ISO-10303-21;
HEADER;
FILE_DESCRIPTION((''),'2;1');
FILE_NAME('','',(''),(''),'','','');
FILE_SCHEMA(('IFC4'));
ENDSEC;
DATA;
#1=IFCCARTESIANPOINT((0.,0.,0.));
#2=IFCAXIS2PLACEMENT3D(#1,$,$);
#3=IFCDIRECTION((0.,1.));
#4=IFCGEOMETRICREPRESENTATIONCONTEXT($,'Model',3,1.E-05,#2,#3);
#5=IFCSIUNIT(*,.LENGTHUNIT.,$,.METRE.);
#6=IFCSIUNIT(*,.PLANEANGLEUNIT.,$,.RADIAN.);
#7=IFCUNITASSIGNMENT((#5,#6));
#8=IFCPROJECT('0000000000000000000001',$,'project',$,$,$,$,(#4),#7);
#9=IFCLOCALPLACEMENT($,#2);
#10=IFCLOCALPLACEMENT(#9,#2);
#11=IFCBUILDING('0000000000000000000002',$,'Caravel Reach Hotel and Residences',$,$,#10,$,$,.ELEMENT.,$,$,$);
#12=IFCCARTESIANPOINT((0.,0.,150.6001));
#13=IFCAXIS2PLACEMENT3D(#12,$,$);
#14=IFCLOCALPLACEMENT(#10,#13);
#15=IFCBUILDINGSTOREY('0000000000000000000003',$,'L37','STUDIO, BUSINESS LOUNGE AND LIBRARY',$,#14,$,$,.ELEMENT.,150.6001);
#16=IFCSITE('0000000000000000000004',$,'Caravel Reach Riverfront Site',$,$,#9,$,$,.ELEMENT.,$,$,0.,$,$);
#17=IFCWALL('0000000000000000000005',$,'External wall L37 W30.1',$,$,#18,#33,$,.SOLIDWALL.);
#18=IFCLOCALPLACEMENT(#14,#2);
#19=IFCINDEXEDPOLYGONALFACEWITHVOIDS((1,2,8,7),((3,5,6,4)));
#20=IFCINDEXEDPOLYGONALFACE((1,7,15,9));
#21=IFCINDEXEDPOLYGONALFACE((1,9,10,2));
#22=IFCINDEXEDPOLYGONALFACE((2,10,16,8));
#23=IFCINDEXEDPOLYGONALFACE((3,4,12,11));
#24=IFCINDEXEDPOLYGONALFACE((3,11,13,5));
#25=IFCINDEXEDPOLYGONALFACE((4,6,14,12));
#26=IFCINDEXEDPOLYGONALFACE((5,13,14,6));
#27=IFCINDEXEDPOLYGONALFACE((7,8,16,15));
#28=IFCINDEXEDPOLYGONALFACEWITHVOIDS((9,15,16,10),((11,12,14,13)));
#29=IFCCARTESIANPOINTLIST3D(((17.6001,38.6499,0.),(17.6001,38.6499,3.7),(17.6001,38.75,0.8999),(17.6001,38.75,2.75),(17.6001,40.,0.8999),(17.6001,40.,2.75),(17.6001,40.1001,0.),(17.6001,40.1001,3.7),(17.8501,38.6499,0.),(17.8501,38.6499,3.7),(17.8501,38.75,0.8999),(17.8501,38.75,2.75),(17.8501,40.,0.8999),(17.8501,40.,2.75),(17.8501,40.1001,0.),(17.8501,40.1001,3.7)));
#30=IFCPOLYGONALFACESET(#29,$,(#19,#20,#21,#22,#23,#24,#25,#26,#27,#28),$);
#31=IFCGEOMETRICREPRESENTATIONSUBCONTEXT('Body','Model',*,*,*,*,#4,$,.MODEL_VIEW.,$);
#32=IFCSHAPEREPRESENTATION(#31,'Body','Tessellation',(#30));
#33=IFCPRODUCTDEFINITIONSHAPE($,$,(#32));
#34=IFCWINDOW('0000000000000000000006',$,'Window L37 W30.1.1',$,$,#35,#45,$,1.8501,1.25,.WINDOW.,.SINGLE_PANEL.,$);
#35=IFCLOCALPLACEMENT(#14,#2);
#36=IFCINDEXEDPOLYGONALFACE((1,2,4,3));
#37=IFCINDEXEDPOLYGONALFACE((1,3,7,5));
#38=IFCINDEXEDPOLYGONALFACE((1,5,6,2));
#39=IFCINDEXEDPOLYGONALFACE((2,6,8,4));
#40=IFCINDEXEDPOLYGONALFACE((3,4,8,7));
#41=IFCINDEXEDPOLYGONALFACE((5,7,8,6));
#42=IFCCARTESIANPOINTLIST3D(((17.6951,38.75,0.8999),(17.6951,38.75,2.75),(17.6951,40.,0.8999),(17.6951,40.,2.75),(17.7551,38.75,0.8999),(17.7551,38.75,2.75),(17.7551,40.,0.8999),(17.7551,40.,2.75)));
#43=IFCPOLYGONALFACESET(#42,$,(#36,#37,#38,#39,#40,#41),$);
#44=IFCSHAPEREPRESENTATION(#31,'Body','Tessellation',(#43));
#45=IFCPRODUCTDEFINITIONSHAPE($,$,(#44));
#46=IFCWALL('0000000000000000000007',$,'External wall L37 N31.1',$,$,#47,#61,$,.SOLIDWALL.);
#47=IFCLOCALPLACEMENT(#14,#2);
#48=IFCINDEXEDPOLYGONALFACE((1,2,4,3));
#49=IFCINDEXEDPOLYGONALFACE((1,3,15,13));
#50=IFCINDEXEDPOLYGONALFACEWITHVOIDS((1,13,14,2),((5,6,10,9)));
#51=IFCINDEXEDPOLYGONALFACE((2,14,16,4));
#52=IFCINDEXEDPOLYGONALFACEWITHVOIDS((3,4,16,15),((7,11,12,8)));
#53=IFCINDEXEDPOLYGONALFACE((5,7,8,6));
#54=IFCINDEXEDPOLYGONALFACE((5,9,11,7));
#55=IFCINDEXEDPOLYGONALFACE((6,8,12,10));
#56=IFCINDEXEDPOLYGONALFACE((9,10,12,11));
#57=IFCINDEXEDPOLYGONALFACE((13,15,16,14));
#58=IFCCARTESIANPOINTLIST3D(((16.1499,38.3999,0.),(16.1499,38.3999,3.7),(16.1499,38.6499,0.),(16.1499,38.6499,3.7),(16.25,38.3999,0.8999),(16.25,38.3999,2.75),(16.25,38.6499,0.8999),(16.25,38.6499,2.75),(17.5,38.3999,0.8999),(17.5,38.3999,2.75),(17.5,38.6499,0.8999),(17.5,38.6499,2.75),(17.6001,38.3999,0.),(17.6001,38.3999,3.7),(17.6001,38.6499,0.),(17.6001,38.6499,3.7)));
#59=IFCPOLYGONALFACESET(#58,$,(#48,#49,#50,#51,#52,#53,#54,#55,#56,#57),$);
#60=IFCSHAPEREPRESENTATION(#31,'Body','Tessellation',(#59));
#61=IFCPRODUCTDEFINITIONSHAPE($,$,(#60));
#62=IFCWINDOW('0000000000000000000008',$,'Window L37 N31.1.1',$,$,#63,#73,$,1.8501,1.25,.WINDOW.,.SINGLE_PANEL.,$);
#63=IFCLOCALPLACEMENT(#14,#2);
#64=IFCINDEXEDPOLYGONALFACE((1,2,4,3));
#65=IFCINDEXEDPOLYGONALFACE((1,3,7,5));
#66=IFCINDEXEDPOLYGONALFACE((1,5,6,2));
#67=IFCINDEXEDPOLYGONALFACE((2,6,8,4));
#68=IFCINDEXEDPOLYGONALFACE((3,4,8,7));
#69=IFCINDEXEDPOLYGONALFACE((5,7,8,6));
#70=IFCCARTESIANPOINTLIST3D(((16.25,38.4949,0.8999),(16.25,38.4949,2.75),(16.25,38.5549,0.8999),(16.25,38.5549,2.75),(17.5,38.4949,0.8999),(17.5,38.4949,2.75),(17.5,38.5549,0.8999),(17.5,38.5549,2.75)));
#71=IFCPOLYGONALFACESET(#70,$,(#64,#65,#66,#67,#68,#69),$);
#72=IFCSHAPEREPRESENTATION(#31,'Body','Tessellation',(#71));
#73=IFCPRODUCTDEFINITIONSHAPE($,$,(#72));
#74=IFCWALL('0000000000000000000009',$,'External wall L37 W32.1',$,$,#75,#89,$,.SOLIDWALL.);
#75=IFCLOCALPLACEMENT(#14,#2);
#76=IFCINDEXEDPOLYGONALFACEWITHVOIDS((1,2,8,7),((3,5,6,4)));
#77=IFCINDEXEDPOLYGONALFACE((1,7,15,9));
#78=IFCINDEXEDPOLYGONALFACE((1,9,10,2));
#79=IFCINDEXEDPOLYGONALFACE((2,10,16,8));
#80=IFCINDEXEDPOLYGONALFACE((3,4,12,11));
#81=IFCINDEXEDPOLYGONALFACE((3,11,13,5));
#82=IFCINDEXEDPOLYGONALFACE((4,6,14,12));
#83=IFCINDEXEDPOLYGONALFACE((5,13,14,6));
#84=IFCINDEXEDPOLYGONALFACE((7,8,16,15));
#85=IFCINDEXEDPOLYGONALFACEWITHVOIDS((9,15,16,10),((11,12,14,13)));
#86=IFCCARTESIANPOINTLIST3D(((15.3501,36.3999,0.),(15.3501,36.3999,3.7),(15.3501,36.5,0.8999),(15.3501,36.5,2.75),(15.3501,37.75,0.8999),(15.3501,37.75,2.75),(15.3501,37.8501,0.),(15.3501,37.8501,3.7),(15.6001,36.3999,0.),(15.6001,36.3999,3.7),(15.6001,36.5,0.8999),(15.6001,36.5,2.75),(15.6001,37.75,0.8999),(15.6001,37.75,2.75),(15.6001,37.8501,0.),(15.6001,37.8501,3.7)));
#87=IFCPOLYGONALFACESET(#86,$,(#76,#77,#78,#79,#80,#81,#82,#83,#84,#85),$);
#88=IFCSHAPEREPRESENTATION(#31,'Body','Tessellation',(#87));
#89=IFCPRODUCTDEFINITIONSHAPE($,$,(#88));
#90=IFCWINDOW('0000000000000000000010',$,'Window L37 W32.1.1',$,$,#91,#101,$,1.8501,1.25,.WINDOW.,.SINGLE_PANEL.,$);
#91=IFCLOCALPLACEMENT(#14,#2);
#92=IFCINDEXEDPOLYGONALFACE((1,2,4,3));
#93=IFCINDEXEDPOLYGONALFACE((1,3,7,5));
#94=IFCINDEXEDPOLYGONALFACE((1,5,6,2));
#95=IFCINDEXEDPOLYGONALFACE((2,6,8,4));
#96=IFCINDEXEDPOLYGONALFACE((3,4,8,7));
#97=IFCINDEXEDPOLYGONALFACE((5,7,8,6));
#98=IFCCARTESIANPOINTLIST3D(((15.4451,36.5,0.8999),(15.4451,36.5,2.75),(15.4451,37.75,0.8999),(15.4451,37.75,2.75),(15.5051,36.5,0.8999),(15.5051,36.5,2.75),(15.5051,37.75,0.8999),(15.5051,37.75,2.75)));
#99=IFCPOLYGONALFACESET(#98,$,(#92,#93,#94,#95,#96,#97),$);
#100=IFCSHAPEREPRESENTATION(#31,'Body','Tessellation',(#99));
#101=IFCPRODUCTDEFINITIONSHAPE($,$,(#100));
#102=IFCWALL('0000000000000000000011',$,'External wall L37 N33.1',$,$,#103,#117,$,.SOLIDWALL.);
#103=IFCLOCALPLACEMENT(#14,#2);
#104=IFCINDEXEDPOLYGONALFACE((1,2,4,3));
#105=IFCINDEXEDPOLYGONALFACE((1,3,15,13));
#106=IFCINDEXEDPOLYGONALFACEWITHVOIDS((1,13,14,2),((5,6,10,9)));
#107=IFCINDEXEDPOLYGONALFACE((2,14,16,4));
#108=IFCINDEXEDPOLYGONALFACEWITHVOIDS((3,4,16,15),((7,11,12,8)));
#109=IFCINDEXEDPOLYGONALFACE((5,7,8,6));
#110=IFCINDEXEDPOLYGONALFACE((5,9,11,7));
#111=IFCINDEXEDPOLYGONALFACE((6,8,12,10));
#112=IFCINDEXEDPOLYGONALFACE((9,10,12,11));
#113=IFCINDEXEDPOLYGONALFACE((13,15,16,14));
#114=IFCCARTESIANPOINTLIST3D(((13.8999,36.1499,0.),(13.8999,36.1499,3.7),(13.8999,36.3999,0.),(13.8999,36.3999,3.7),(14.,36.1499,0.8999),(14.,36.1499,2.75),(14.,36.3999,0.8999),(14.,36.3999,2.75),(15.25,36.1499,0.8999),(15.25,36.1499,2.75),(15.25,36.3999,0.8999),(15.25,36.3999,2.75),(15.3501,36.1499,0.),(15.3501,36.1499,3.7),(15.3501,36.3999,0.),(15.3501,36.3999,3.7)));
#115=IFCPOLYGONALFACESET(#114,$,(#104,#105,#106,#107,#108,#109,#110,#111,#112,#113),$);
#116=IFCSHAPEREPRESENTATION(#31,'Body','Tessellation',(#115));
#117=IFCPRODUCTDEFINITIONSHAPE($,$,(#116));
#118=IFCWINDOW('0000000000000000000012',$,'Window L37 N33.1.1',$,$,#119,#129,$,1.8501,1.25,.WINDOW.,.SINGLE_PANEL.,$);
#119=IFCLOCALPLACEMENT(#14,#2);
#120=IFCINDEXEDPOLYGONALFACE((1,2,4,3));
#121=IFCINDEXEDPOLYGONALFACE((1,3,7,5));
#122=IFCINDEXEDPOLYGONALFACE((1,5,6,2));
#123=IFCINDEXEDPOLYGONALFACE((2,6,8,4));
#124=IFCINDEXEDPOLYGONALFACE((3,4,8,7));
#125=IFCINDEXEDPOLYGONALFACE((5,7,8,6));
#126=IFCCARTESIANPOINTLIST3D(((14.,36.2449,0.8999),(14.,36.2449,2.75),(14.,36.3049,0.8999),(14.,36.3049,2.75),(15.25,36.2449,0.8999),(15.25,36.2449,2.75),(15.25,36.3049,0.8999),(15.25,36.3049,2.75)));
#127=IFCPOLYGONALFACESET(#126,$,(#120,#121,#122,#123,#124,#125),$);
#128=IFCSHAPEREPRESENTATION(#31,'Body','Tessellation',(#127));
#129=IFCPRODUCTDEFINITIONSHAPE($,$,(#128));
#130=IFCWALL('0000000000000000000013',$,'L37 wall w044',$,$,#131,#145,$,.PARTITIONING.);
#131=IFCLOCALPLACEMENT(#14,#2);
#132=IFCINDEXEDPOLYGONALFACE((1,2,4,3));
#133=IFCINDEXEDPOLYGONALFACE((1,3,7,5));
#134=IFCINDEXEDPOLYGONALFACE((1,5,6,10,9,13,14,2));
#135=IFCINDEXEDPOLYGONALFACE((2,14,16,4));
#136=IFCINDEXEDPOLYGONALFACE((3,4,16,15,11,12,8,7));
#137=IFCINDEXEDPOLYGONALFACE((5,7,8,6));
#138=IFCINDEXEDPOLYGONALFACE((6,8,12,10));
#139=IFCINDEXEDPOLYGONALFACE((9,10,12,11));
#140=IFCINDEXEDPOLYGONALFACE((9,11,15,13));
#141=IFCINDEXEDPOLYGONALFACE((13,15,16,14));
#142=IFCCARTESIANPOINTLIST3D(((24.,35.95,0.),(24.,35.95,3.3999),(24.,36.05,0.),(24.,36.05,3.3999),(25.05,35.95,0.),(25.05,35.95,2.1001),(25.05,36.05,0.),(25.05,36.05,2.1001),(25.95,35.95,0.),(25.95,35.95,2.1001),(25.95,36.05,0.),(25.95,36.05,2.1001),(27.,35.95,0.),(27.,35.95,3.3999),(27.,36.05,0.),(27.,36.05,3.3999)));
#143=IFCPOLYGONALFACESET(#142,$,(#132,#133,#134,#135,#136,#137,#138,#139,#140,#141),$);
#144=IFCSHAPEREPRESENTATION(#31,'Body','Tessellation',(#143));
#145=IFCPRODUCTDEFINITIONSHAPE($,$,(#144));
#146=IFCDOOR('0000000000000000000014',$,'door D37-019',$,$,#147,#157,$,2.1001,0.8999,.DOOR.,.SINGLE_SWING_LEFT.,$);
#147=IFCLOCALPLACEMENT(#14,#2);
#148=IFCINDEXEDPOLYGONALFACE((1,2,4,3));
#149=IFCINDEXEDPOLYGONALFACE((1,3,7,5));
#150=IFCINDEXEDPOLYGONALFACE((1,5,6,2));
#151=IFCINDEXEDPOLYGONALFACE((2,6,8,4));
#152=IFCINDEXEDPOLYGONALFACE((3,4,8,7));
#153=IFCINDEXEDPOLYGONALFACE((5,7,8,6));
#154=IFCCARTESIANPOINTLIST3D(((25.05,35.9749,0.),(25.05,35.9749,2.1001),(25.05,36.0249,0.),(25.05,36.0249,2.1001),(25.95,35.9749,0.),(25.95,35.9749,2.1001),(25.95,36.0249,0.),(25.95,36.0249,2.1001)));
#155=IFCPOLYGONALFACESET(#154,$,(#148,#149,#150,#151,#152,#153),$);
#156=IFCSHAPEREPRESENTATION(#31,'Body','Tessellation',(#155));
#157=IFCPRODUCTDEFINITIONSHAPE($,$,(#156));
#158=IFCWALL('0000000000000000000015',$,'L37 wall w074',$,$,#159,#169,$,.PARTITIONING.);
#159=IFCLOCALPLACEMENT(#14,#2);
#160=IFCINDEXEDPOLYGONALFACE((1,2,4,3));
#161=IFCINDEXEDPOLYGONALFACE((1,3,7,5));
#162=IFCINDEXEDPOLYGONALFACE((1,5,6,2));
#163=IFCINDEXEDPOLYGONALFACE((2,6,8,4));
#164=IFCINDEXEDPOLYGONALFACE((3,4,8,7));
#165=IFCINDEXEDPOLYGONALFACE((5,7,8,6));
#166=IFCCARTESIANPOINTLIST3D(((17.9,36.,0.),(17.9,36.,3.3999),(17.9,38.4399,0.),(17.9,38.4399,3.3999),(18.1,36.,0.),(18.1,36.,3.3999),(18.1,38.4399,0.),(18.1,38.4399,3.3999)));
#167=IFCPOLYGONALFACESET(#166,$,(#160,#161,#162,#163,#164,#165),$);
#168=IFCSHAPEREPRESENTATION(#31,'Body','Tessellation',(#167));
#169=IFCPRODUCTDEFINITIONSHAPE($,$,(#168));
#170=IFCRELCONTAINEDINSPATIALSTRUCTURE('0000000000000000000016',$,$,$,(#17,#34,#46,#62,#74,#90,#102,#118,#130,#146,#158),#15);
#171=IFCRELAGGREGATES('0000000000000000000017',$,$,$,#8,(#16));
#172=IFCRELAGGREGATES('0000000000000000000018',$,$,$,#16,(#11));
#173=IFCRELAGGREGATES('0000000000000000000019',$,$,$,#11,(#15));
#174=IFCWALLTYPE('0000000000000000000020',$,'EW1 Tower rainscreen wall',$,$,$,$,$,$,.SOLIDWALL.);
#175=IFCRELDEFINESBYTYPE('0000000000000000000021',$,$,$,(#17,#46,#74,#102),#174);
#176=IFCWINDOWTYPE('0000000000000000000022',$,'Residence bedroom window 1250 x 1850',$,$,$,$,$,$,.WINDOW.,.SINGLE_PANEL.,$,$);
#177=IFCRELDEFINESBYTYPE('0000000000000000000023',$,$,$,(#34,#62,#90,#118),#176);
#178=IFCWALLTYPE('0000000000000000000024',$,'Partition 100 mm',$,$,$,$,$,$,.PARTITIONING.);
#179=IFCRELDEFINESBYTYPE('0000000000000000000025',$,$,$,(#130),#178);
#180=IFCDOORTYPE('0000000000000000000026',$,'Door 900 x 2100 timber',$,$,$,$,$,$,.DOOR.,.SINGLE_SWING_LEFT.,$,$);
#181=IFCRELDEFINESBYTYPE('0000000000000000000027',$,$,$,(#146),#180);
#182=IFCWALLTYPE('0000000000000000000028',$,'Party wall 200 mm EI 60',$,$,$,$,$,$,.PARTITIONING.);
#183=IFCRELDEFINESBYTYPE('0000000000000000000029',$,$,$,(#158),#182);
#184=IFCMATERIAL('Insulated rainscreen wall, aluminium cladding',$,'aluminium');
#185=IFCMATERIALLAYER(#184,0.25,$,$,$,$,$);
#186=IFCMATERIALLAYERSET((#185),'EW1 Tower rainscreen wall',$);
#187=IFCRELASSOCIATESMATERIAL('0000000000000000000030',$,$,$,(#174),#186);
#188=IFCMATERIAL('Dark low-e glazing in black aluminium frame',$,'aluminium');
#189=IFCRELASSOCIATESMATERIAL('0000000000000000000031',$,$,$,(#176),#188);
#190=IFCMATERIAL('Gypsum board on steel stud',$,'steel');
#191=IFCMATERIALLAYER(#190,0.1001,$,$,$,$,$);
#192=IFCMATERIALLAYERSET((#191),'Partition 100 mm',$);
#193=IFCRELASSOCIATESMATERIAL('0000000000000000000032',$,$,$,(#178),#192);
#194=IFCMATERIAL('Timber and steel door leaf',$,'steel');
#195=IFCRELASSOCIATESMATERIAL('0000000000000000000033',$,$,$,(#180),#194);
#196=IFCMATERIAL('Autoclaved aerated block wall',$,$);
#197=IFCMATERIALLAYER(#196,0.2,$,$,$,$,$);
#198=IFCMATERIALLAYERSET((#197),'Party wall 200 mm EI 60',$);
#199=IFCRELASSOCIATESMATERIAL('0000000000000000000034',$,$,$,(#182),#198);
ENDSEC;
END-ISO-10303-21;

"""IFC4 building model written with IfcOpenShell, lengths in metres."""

from ifc_helpers import new_model, si_unit, direction, frame, frame_2d, origin, place, context, subcontext, project, spatial, rectangle, extrude, material, layer, layer_set, type_object, element, fill, save


model = new_model("IFC4")

# Units and contexts
model_context = context("Model", 3, precision=1e-05, world=origin(), true_north=direction((0.0, 1.0)))
body_context = subcontext(model_context, "Body", "Model", "MODEL_VIEW")
ifc_project = project(units=[si_unit("LENGTHUNIT", "METRE"), si_unit("PLANEANGLEUNIT", "RADIAN")], contexts=[model_context])

# Site, building, storey
site_placement = place(None, origin())
site = spatial("IfcSite", under=ifc_project, at=site_placement, Name="Caravel Reach Riverfront Site", CompositionType="ELEMENT", RefElevation=0.0)
building_placement = place(site_placement, origin())
building = spatial("IfcBuilding", under=site, at=building_placement, Name="Caravel Reach Hotel and Residences", CompositionType="ELEMENT")
storey_placement = place(building_placement, frame((0.0, 0.0, 150.6001)))
storey = spatial("IfcBuildingStorey", under=building, at=storey_placement, Name="L37", Description="STUDIO, BUSINESS LOUNGE AND LIBRARY", CompositionType="ELEMENT", Elevation=150.6001)

# Shared definitions
ifc_material_1 = material(Name="Insulated rainscreen wall, aluminium cladding", Category="aluminium")
ifc_layer_1 = layer(ifc_material_1, 0.25)
ifc_layer_set_1 = layer_set([ifc_layer_1], Name="EW1 Tower rainscreen wall")
wall_type_1 = type_object("IfcWallType", Name="EW1 Tower rainscreen wall", PredefinedType="SOLIDWALL", material=ifc_layer_set_1)

# Walls, openings, windows
wall_1_placement = place(storey_placement, frame((17.7251, 40.1001, 0.0), z_axis=(0.0, 0.0, 1.0), x_axis=(0.0, -1.0, 0.0)))
wall_1 = element("IfcWall", 1, at=wall_1_placement, inside=storey, type_object=wall_type_1, Name="External wall L37 W30.1", PredefinedType="SOLIDWALL", context=body_context, shape_type="SweptSolid", body=[
    extrude(rectangle(XDim=1.4502, YDim=0.25, at=frame_2d((0.7251, 0.0))), origin(), (0.0, 0.0, 1.0), 3.7),
])
opening_1_placement = place(wall_1_placement, frame((0.1001, 0.0, 0.8999)))
opening_1 = element("IfcOpeningElement", 2, at=opening_1_placement, cuts=wall_1, PredefinedType="OPENING", context=body_context, shape_type="SweptSolid", body=[
    extrude(rectangle(XDim=1.25, YDim=1.8501, at=frame_2d((0.625, 0.925))), frame((0.0, 0.135, 0.0), z_axis=(0.0, -1.0, 0.0), x_axis=(1.0, 0.0, 0.0)), (0.0, 0.0, 1.0), 0.27),
])
ifc_material_2 = material(Name="Dark low-e glazing in black aluminium frame", Category="aluminium")
window_type_1 = type_object("IfcWindowType", Name="Residence bedroom window 1250 x 1850", PartitioningType="SINGLE_PANEL", PredefinedType="WINDOW", material=ifc_material_2)
window_1_placement = place(opening_1_placement, origin())
window_1 = element("IfcWindow", 3, at=window_1_placement, inside=storey, type_object=window_type_1, Name="Window L37 W30.1.1", OverallHeight=1.8501, OverallWidth=1.25, PartitioningType="SINGLE_PANEL", PredefinedType="WINDOW", context=body_context, shape_type="SweptSolid", body=[
    extrude(rectangle(XDim=1.25, YDim=1.8501, at=frame_2d((0.625, 0.925))), frame((0.0, 0.03, 0.0), z_axis=(0.0, -1.0, 0.0), x_axis=(1.0, 0.0, 0.0)), (0.0, 0.0, 1.0), 0.0601),
])
fill(opening_1, window_1)
wall_2_placement = place(storey_placement, frame((17.6001, 38.5249, 0.0), z_axis=(0.0, 0.0, 1.0), x_axis=(-1.0, 0.0, 0.0)))
wall_2 = element("IfcWall", 4, at=wall_2_placement, inside=storey, type_object=wall_type_1, Name="External wall L37 N31.1", PredefinedType="SOLIDWALL", context=body_context, shape_type="SweptSolid", body=[
    extrude(rectangle(XDim=1.4502, YDim=0.25, at=frame_2d((0.7251, 0.0))), origin(), (0.0, 0.0, 1.0), 3.7),
])
opening_2_placement = place(wall_2_placement, frame((0.1001, 0.0, 0.8999)))
opening_2 = element("IfcOpeningElement", 5, at=opening_2_placement, cuts=wall_2, PredefinedType="OPENING", context=body_context, shape_type="SweptSolid", body=[
    extrude(rectangle(XDim=1.25, YDim=1.8501, at=frame_2d((0.625, 0.925))), frame((0.0, 0.135, 0.0), z_axis=(0.0, -1.0, 0.0), x_axis=(1.0, 0.0, 0.0)), (0.0, 0.0, 1.0), 0.27),
])
window_2_placement = place(opening_2_placement, origin())
window_2 = element("IfcWindow", 6, at=window_2_placement, inside=storey, type_object=window_type_1, Name="Window L37 N31.1.1", OverallHeight=1.8501, OverallWidth=1.25, PartitioningType="SINGLE_PANEL", PredefinedType="WINDOW", context=body_context, shape_type="SweptSolid", body=[
    extrude(rectangle(XDim=1.25, YDim=1.8501, at=frame_2d((0.625, 0.925))), frame((0.0, 0.03, 0.0), z_axis=(0.0, -1.0, 0.0), x_axis=(1.0, 0.0, 0.0)), (0.0, 0.0, 1.0), 0.0601),
])
fill(opening_2, window_2)
wall_3_placement = place(storey_placement, frame((15.4751, 37.8501, 0.0), z_axis=(0.0, 0.0, 1.0), x_axis=(0.0, -1.0, 0.0)))
wall_3 = element("IfcWall", 7, at=wall_3_placement, inside=storey, type_object=wall_type_1, Name="External wall L37 W32.1", PredefinedType="SOLIDWALL", context=body_context, shape_type="SweptSolid", body=[
    extrude(rectangle(XDim=1.4502, YDim=0.25, at=frame_2d((0.7251, 0.0))), origin(), (0.0, 0.0, 1.0), 3.7),
])
opening_3_placement = place(wall_3_placement, frame((0.1001, 0.0, 0.8999)))
opening_3 = element("IfcOpeningElement", 8, at=opening_3_placement, cuts=wall_3, PredefinedType="OPENING", context=body_context, shape_type="SweptSolid", body=[
    extrude(rectangle(XDim=1.25, YDim=1.8501, at=frame_2d((0.625, 0.925))), frame((0.0, 0.135, 0.0), z_axis=(0.0, -1.0, 0.0), x_axis=(1.0, 0.0, 0.0)), (0.0, 0.0, 1.0), 0.27),
])
window_3_placement = place(opening_3_placement, origin())
window_3 = element("IfcWindow", 9, at=window_3_placement, inside=storey, type_object=window_type_1, Name="Window L37 W32.1.1", OverallHeight=1.8501, OverallWidth=1.25, PartitioningType="SINGLE_PANEL", PredefinedType="WINDOW", context=body_context, shape_type="SweptSolid", body=[
    extrude(rectangle(XDim=1.25, YDim=1.8501, at=frame_2d((0.625, 0.925))), frame((0.0, 0.03, 0.0), z_axis=(0.0, -1.0, 0.0), x_axis=(1.0, 0.0, 0.0)), (0.0, 0.0, 1.0), 0.0601),
])
fill(opening_3, window_3)
wall_4_placement = place(storey_placement, frame((15.3501, 36.2749, 0.0), z_axis=(0.0, 0.0, 1.0), x_axis=(-1.0, 0.0, 0.0)))
wall_4 = element("IfcWall", 10, at=wall_4_placement, inside=storey, type_object=wall_type_1, Name="External wall L37 N33.1", PredefinedType="SOLIDWALL", context=body_context, shape_type="SweptSolid", body=[
    extrude(rectangle(XDim=1.4502, YDim=0.25, at=frame_2d((0.7251, 0.0))), origin(), (0.0, 0.0, 1.0), 3.7),
])
opening_4_placement = place(wall_4_placement, frame((0.1001, 0.0, 0.8999)))
opening_4 = element("IfcOpeningElement", 11, at=opening_4_placement, cuts=wall_4, PredefinedType="OPENING", context=body_context, shape_type="SweptSolid", body=[
    extrude(rectangle(XDim=1.25, YDim=1.8501, at=frame_2d((0.625, 0.925))), frame((0.0, 0.135, 0.0), z_axis=(0.0, -1.0, 0.0), x_axis=(1.0, 0.0, 0.0)), (0.0, 0.0, 1.0), 0.27),
])
window_4_placement = place(opening_4_placement, origin())
window_4 = element("IfcWindow", 12, at=window_4_placement, inside=storey, type_object=window_type_1, Name="Window L37 N33.1.1", OverallHeight=1.8501, OverallWidth=1.25, PartitioningType="SINGLE_PANEL", PredefinedType="WINDOW", context=body_context, shape_type="SweptSolid", body=[
    extrude(rectangle(XDim=1.25, YDim=1.8501, at=frame_2d((0.625, 0.925))), frame((0.0, 0.03, 0.0), z_axis=(0.0, -1.0, 0.0), x_axis=(1.0, 0.0, 0.0)), (0.0, 0.0, 1.0), 0.0601),
])
fill(opening_4, window_4)

# Wall, opening, door
ifc_material_3 = material(Name="Gypsum board on steel stud", Category="steel")
ifc_layer_2 = layer(ifc_material_3, 0.1001)
ifc_layer_set_2 = layer_set([ifc_layer_2], Name="Partition 100 mm")
wall_type_2 = type_object("IfcWallType", Name="Partition 100 mm", PredefinedType="PARTITIONING", material=ifc_layer_set_2)
wall_5_placement = place(storey_placement, frame((24.0, 36.0, 0.0), z_axis=(0.0, 0.0, 1.0), x_axis=(1.0, 0.0, 0.0)))
wall_5 = element("IfcWall", 13, at=wall_5_placement, inside=storey, type_object=wall_type_2, Name="L37 wall w044", PredefinedType="PARTITIONING", context=body_context, shape_type="SweptSolid", body=[
    extrude(rectangle(XDim=3.0, YDim=0.1001, at=frame_2d((1.5, 0.0))), origin(), (0.0, 0.0, 1.0), 3.3999),
])
opening_5_placement = place(wall_5_placement, frame((1.05, 0.0, 0.0)))
opening_5 = element("IfcOpeningElement", 14, at=opening_5_placement, cuts=wall_5, PredefinedType="OPENING", context=body_context, shape_type="SweptSolid", body=[
    extrude(rectangle(XDim=0.8999, YDim=2.1001, at=frame_2d((0.45, 1.05))), frame((0.0, 0.0601, 0.0), z_axis=(0.0, -1.0, 0.0), x_axis=(1.0, 0.0, 0.0)), (0.0, 0.0, 1.0), 0.1201),
])
ifc_material_4 = material(Name="Timber and steel door leaf", Category="steel")
door_type = type_object("IfcDoorType", Name="Door 900 x 2100 timber", OperationType="SINGLE_SWING_LEFT", PredefinedType="DOOR", material=ifc_material_4)
door_placement = place(opening_5_placement, origin())
door = element("IfcDoor", 15, at=door_placement, inside=storey, type_object=door_type, Name="door D37-019", OperationType="SINGLE_SWING_LEFT", OverallHeight=2.1001, OverallWidth=0.8999, PredefinedType="DOOR", context=body_context, shape_type="SweptSolid", body=[
    extrude(rectangle(XDim=0.8999, YDim=2.1001, at=frame_2d((0.45, 1.05))), frame((0.0, 0.0249, 0.0), z_axis=(0.0, -1.0, 0.0), x_axis=(1.0, 0.0, 0.0)), (0.0, 0.0, 1.0), 0.05),
])
fill(opening_5, door)

# Wall
ifc_material_5 = material(Name="Autoclaved aerated block wall")
ifc_layer_3 = layer(ifc_material_5, 0.2)
ifc_layer_set_3 = layer_set([ifc_layer_3], Name="Party wall 200 mm EI 60")
wall_type_3 = type_object("IfcWallType", Name="Party wall 200 mm EI 60", PredefinedType="PARTITIONING", material=ifc_layer_set_3)
wall_6_placement = place(storey_placement, frame((18.0, 36.0, 0.0), z_axis=(0.0, 0.0, 1.0), x_axis=(0.0, 1.0, 0.0)))
element("IfcWall", 16, at=wall_6_placement, inside=storey, type_object=wall_type_3, Name="L37 wall w074", PredefinedType="PARTITIONING", context=body_context, shape_type="SweptSolid", body=[
    extrude(rectangle(XDim=2.4399, YDim=0.2, at=frame_2d((1.22, 0.0))), origin(), (0.0, 0.0, 1.0), 3.3999),
])

save(model, "model.ifc")
